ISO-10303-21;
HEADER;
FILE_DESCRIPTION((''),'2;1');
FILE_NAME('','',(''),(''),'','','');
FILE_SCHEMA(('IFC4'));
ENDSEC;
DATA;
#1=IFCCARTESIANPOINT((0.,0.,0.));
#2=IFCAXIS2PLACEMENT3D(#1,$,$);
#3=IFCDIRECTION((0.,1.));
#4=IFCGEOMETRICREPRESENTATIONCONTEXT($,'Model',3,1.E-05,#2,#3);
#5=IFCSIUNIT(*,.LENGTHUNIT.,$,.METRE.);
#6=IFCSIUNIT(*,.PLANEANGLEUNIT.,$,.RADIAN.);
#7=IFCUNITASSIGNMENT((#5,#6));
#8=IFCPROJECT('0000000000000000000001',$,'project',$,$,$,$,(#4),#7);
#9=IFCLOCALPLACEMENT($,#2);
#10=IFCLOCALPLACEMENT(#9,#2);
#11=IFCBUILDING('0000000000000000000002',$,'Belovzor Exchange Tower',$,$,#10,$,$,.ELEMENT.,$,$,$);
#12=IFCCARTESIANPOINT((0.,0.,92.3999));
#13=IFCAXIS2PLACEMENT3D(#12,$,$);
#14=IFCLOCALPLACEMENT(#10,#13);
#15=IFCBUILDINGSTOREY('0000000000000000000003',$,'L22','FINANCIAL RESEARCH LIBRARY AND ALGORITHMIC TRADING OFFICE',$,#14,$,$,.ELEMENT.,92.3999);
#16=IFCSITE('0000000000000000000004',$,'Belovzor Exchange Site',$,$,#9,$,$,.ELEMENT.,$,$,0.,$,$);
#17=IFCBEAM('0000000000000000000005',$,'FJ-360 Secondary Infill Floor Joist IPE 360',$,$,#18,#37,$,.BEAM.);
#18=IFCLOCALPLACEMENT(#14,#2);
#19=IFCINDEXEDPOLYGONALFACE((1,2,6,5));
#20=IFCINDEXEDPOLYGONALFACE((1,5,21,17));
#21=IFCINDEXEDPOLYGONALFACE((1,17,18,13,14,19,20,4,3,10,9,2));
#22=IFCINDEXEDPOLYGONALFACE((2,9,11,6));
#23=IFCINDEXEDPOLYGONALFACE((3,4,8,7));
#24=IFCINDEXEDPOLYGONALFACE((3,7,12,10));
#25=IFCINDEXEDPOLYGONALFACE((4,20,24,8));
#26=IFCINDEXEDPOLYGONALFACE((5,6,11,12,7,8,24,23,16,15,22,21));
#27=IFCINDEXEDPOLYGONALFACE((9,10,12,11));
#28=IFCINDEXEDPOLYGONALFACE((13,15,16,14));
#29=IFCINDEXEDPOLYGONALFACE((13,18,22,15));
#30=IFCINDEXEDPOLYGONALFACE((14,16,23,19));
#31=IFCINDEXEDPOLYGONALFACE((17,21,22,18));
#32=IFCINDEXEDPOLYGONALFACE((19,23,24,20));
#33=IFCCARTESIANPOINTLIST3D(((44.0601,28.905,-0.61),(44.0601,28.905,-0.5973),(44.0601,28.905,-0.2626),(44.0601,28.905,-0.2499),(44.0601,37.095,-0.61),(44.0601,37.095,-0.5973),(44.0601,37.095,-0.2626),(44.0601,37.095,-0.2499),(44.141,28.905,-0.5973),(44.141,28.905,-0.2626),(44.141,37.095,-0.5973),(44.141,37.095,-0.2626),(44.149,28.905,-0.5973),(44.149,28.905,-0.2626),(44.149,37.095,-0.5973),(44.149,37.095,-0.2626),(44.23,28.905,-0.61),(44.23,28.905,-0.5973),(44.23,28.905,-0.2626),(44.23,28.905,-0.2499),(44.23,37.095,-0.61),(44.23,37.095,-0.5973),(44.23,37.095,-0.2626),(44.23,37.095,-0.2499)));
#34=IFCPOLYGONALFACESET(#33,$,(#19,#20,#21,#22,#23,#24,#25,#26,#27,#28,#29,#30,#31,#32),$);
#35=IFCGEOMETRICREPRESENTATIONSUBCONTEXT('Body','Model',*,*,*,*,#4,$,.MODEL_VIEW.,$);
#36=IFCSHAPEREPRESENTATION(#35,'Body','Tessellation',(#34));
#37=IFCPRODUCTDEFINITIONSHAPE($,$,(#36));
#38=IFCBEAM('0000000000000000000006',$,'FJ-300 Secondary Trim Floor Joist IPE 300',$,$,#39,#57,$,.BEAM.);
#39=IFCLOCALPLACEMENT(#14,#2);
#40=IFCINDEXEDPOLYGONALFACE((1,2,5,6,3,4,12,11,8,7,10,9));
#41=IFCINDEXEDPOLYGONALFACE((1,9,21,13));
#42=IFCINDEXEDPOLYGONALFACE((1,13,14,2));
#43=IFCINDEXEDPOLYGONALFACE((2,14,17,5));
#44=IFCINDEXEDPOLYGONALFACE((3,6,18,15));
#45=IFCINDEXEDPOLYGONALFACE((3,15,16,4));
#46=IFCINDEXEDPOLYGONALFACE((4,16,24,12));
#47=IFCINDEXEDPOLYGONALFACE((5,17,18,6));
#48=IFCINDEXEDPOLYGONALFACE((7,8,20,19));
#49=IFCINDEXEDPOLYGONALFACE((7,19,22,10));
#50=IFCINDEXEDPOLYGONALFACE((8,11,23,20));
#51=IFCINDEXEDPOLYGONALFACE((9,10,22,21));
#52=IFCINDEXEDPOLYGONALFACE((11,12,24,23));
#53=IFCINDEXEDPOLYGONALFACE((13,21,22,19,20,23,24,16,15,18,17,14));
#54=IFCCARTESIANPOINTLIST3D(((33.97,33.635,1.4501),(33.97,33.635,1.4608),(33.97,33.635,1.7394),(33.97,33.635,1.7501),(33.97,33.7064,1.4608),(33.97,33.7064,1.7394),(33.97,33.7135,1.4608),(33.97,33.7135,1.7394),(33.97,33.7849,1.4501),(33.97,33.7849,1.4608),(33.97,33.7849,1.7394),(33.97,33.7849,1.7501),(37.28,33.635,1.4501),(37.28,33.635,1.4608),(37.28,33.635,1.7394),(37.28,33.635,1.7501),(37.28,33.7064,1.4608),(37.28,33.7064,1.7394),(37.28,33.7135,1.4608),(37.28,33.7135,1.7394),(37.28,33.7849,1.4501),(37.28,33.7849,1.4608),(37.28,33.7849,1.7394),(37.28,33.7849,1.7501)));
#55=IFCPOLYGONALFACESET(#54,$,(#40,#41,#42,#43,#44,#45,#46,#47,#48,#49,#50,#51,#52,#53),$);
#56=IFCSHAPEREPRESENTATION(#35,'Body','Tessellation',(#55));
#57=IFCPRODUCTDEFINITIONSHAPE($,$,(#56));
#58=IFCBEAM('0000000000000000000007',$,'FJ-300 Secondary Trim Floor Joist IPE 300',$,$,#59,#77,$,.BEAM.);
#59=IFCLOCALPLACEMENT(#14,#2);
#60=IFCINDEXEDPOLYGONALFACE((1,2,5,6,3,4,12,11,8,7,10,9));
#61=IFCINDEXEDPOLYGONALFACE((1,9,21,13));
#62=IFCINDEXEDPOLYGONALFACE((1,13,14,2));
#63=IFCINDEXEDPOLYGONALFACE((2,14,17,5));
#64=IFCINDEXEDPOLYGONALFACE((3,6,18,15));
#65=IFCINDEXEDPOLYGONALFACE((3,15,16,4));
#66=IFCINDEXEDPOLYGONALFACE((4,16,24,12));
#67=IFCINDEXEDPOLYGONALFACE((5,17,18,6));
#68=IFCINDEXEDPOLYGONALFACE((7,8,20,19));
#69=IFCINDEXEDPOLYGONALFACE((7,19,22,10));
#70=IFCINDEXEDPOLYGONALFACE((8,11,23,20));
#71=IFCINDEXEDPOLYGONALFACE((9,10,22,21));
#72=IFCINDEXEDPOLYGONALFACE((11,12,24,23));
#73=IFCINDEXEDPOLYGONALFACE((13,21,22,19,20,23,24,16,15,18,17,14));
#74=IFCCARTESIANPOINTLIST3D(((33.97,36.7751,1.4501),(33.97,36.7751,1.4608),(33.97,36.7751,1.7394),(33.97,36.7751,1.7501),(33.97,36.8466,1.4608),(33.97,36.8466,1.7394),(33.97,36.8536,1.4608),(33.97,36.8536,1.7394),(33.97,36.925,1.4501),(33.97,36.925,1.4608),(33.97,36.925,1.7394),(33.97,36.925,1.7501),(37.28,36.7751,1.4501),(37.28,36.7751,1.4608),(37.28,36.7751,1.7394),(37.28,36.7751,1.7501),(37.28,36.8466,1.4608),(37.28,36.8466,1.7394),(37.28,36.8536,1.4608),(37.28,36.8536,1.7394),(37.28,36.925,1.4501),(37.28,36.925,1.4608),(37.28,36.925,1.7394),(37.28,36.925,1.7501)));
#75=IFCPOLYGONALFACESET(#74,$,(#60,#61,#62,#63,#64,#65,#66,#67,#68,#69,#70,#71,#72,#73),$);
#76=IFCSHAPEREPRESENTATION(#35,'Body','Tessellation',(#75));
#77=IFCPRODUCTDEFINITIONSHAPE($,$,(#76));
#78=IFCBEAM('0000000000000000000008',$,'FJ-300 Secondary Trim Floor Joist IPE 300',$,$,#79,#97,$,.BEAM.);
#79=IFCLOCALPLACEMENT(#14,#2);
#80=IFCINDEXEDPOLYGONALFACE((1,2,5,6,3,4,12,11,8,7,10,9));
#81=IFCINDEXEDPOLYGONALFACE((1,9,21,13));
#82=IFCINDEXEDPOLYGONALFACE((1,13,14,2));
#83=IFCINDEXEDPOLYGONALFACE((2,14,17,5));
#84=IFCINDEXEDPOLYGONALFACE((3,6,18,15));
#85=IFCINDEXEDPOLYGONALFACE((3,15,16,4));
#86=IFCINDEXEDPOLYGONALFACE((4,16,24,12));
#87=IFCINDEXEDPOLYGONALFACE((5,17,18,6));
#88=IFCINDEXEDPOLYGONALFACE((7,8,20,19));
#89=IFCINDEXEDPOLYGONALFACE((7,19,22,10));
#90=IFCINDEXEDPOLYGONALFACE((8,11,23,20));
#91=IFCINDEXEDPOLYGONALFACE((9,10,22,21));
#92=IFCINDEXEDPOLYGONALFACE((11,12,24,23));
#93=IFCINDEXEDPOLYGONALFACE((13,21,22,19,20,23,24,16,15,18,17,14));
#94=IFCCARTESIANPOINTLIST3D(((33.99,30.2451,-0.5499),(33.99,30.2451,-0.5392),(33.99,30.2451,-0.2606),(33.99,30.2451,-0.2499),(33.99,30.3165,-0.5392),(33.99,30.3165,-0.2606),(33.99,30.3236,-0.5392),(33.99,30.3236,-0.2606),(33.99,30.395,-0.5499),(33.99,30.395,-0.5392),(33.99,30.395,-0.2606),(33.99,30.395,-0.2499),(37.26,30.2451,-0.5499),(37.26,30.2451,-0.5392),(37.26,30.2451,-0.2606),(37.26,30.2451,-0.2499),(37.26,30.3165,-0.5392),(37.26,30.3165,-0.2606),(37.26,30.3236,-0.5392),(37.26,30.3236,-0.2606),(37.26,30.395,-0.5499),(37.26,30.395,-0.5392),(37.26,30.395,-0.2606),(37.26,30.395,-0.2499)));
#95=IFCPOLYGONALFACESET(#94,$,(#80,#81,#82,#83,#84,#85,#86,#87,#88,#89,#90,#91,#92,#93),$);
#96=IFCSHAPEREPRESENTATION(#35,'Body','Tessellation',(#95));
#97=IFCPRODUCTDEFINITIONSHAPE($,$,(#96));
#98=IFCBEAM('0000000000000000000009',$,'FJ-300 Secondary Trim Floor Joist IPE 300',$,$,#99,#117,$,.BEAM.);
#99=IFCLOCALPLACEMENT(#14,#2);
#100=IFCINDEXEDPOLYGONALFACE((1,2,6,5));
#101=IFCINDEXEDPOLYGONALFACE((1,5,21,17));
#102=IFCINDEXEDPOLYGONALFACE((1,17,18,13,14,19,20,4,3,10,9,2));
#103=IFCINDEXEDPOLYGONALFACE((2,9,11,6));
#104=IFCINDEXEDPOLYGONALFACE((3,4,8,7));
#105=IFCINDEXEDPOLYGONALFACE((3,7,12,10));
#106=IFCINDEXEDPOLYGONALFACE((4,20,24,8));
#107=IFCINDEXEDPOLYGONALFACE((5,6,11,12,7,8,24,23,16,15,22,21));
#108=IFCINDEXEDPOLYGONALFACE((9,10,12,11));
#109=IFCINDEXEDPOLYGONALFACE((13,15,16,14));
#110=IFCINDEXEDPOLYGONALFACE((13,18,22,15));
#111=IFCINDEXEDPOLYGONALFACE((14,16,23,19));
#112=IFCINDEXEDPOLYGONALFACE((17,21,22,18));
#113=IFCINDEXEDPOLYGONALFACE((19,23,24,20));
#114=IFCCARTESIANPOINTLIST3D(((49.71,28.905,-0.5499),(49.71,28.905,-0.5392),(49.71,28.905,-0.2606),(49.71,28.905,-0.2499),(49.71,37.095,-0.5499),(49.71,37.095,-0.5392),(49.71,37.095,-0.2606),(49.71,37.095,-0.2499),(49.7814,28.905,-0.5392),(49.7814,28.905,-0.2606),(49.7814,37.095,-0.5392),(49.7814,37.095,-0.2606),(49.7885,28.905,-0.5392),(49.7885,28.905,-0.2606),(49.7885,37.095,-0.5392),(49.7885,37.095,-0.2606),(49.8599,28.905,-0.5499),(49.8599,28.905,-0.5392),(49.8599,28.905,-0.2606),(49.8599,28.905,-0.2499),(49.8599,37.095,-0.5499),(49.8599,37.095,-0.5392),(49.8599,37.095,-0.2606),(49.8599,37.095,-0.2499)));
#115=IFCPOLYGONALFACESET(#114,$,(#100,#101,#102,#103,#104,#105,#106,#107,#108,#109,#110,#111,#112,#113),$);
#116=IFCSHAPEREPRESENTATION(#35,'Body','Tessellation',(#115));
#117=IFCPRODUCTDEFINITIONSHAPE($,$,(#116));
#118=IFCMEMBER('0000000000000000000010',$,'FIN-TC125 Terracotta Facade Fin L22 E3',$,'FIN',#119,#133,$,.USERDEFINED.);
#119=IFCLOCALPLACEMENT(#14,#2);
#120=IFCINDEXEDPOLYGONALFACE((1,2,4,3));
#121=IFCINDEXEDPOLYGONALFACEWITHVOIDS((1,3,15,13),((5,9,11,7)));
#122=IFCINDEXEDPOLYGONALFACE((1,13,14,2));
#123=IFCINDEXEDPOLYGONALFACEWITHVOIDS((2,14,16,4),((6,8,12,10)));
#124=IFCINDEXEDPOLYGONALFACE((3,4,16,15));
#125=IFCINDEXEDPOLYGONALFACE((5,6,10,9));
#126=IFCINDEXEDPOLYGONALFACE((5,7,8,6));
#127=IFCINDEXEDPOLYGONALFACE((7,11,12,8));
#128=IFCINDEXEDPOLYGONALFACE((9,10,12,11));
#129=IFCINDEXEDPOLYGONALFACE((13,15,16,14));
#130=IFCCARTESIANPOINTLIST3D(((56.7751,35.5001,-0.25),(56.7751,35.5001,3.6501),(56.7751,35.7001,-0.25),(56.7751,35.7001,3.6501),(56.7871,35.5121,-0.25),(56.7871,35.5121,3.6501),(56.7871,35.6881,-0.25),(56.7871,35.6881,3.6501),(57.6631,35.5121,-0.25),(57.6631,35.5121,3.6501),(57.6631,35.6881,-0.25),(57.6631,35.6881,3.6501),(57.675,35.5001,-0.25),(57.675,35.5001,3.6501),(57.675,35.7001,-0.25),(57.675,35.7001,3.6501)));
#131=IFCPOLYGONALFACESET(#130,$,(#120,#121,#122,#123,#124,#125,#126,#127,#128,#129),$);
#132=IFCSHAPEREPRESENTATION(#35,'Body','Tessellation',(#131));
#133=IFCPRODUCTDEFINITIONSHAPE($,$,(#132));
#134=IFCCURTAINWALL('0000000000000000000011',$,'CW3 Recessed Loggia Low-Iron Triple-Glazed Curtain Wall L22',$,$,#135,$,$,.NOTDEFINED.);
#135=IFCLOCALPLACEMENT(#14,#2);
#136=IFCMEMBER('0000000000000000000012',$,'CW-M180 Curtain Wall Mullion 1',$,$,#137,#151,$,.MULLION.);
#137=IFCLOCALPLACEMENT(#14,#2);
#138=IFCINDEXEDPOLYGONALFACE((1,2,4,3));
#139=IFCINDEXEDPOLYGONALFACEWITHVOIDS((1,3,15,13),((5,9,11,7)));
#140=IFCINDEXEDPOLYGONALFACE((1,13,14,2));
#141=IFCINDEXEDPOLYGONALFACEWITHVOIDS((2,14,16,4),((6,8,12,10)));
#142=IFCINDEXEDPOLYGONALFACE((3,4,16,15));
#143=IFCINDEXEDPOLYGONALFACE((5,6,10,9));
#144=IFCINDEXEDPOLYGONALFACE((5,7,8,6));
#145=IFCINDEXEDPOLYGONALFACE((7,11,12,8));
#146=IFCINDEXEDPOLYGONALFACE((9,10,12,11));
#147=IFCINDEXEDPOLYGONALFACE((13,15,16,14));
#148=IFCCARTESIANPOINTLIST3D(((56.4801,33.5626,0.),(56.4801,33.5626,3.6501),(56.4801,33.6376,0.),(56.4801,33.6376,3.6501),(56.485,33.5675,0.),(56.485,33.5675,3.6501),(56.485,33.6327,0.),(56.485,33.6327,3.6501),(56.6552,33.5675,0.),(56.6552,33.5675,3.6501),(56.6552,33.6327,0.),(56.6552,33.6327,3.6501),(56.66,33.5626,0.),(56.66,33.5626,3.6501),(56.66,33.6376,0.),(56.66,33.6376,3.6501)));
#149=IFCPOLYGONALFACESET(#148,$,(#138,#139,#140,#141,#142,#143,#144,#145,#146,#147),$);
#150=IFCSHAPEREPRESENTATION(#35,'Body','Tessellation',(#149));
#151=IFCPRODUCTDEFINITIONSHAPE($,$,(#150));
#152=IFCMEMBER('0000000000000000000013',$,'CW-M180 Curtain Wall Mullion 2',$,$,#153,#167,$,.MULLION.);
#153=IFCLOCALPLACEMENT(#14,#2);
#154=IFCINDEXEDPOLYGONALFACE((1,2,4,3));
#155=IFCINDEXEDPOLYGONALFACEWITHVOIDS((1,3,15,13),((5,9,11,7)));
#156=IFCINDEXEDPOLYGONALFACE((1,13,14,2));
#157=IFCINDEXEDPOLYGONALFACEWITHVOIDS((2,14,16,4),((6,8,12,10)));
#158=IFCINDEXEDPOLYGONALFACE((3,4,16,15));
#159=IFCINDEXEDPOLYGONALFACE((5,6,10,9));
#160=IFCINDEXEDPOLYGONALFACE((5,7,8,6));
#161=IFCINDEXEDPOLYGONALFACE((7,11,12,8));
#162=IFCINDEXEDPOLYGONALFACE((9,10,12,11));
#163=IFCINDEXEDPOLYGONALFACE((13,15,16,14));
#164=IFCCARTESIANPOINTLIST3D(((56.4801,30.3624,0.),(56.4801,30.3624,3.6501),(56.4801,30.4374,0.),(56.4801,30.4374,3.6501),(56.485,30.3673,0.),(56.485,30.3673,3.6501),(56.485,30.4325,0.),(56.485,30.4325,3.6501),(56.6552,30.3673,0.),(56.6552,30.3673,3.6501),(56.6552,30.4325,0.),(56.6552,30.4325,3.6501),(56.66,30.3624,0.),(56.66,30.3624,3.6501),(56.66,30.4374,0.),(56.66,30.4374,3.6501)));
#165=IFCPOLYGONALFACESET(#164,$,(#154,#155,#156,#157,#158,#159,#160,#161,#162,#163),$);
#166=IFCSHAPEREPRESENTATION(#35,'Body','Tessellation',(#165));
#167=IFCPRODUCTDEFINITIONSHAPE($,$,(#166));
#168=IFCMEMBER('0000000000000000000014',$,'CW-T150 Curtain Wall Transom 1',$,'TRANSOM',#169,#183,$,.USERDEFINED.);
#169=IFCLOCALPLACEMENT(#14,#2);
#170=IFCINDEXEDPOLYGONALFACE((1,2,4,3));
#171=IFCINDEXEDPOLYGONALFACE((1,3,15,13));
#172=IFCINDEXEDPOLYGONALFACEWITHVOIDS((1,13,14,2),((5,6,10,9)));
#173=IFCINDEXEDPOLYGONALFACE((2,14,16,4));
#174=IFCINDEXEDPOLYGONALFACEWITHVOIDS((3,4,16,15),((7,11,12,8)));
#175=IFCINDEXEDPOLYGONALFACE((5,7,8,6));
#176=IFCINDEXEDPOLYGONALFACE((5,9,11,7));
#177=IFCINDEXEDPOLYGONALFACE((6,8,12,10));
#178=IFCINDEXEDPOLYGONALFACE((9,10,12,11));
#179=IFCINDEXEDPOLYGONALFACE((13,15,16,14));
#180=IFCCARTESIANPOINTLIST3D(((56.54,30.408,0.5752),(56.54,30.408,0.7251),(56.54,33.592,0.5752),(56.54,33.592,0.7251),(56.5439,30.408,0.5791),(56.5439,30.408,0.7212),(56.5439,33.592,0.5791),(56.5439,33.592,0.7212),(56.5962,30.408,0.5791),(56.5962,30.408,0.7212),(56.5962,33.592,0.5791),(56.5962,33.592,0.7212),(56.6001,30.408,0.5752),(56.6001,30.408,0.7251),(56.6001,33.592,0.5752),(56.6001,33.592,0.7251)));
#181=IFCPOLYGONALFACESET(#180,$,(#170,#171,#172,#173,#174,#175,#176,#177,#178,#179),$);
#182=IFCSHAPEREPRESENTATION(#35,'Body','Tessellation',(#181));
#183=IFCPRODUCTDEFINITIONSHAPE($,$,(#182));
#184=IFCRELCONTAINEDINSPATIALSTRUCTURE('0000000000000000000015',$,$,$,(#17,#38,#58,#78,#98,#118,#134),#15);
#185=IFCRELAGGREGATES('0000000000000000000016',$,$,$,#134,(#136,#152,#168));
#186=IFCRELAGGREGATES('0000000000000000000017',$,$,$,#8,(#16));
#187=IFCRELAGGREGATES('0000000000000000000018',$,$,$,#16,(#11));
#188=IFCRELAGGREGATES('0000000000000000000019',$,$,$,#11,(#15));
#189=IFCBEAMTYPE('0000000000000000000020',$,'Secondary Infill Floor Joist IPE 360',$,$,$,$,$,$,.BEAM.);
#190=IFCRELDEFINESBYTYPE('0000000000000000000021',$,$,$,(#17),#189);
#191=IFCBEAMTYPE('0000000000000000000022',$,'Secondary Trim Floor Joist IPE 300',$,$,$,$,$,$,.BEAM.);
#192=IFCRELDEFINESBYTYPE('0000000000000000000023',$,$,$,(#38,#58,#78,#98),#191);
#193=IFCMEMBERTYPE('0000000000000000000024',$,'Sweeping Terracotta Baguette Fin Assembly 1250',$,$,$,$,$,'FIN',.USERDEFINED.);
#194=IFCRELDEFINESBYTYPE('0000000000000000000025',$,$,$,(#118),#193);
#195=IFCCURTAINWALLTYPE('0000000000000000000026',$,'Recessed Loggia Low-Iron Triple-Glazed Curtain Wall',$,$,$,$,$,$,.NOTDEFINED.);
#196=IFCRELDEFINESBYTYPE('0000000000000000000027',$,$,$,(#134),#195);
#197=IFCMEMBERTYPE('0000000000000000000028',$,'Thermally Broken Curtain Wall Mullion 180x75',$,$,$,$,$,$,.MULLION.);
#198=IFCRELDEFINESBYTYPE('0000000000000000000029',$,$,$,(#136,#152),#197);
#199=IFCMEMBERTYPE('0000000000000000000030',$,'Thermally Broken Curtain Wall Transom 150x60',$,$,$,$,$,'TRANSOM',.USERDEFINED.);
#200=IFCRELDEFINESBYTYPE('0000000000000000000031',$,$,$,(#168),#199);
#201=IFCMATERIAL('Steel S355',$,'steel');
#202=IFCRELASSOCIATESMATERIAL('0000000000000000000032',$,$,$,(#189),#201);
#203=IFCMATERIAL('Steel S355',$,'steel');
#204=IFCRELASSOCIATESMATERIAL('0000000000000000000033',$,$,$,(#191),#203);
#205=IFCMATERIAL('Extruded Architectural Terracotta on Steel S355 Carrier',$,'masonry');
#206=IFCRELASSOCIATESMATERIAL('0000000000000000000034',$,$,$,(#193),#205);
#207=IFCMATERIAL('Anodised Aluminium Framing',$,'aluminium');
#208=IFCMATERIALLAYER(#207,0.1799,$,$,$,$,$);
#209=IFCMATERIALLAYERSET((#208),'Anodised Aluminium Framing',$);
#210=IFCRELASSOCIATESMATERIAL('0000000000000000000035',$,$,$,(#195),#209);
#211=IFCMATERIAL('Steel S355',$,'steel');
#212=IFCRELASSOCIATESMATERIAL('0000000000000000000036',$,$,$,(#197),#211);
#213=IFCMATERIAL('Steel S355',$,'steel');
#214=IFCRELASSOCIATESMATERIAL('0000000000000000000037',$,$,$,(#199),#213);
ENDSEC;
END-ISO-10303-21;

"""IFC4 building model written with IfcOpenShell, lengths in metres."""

from ifc_helpers import new_model, si_unit, direction, frame, origin, origin_2d, place, context, subcontext, project, spatial, hollow_rectangle, i_section, extrude, material, layer, layer_set, material_profile, profile_set, type_object, element, aggregate, save


model = new_model("IFC4")

# Units and contexts
model_context = context("Model", 3, precision=1e-05, world=origin(), true_north=direction((0.0, 1.0)))
body_context = subcontext(model_context, "Body", "Model", "MODEL_VIEW")
ifc_project = project(units=[si_unit("LENGTHUNIT", "METRE"), si_unit("PLANEANGLEUNIT", "RADIAN")], contexts=[model_context])

# Site, building, storey
site_placement = place(None, origin())
site = spatial("IfcSite", under=ifc_project, at=site_placement, Name="Belovzor Exchange Site", CompositionType="ELEMENT", RefElevation=0.0)
building_placement = place(site_placement, origin())
building = spatial("IfcBuilding", under=site, at=building_placement, Name="Belovzor Exchange Tower", CompositionType="ELEMENT")
storey_placement = place(building_placement, frame((0.0, 0.0, 92.3999)))
storey = spatial("IfcBuildingStorey", under=building, at=storey_placement, Name="L22", Description="FINANCIAL RESEARCH LIBRARY AND ALGORITHMIC TRADING OFFICE", CompositionType="ELEMENT", Elevation=92.3999)

# Beams
ifc_material_1 = material(Name="Steel S355", Category="steel")
ifc_material_profile_1 = material_profile(ifc_material_1, i_section(OverallWidth=0.1699, OverallDepth=0.3601, WebThickness=0.0081, FlangeThickness=0.0127, at=origin_2d()))
ifc_profile_set_1 = profile_set([ifc_material_profile_1], Name="Steel S355")
beam_type_1 = type_object("IfcBeamType", Name="Secondary Infill Floor Joist IPE 360", PredefinedType="BEAM", material=ifc_profile_set_1)
beam_1_placement = place(storey_placement, frame((44.145, 28.905, -0.4299), z_axis=(0.0, 1.0, 0.0), x_axis=(-1.0, 0.0, 0.0)))
element("IfcBeam", 1, at=beam_1_placement, inside=storey, type_object=beam_type_1, Name="FJ-360 Secondary Infill Floor Joist IPE 360", PredefinedType="BEAM", context=body_context, shape_type="SweptSolid", body=[
    extrude(i_section(OverallWidth=0.1699, OverallDepth=0.3601, WebThickness=0.0081, FlangeThickness=0.0127, at=origin_2d()), origin(), (0.0, 0.0, 1.0), 8.1899),
])
ifc_material_2 = material(Name="Steel S355", Category="steel")
ifc_material_profile_2 = material_profile(ifc_material_2, i_section(OverallWidth=0.1499, OverallDepth=0.3, WebThickness=0.0071, FlangeThickness=0.0107, at=origin_2d()))
ifc_profile_set_2 = profile_set([ifc_material_profile_2], Name="Steel S355")
beam_type_2 = type_object("IfcBeamType", Name="Secondary Trim Floor Joist IPE 300", PredefinedType="BEAM", material=ifc_profile_set_2)
for number, where, z_axis, x_axis, name in (
    (2, (37.28, 33.71, 1.6001), (-1.0, 0.0, 0.0), (0.0, -1.0, 0.0), "FJ-300 Secondary Trim Floor Joist IPE 300"),
    (3, (37.28, 36.8501, 1.6001), (-1.0, 0.0, 0.0), (0.0, -1.0, 0.0), "FJ-300 Secondary Trim Floor Joist IPE 300"),
):
    element("IfcBeam", number, at=place(storey_placement, frame(where, z_axis=z_axis, x_axis=x_axis)), inside=storey, type_object=beam_type_2, Name=name, PredefinedType="BEAM", context=body_context, shape_type="SweptSolid", body=[
        extrude(i_section(OverallWidth=0.1499, OverallDepth=0.3, WebThickness=0.0071, FlangeThickness=0.0107, at=origin_2d()), origin(), (0.0, 0.0, 1.0), 3.3101),
    ])
beam_2_placement = place(storey_placement, frame((37.26, 30.3201, -0.3999), z_axis=(-1.0, 0.0, 0.0), x_axis=(0.0, -1.0, 0.0)))
element("IfcBeam", 4, at=beam_2_placement, inside=storey, type_object=beam_type_2, Name="FJ-300 Secondary Trim Floor Joist IPE 300", PredefinedType="BEAM", context=body_context, shape_type="SweptSolid", body=[
    extrude(i_section(OverallWidth=0.1499, OverallDepth=0.3, WebThickness=0.0071, FlangeThickness=0.0107, at=origin_2d()), origin(), (0.0, 0.0, 1.0), 3.27),
])
beam_3_placement = place(storey_placement, frame((49.7849, 28.905, -0.3999), z_axis=(0.0, 1.0, 0.0), x_axis=(-1.0, 0.0, 0.0)))
element("IfcBeam", 5, at=beam_3_placement, inside=storey, type_object=beam_type_2, Name="FJ-300 Secondary Trim Floor Joist IPE 300", PredefinedType="BEAM", context=body_context, shape_type="SweptSolid", body=[
    extrude(i_section(OverallWidth=0.1499, OverallDepth=0.3, WebThickness=0.0071, FlangeThickness=0.0107, at=origin_2d()), origin(), (0.0, 0.0, 1.0), 8.1899),
])

# Member
ifc_material_3 = material(Name="Extruded Architectural Terracotta on Steel S355 Carrier", Category="masonry")
ifc_material_profile_3 = material_profile(ifc_material_3, hollow_rectangle(XDim=0.2, YDim=0.8999, WallThickness=0.012, at=origin_2d()))
ifc_profile_set_3 = profile_set([ifc_material_profile_3], Name="Extruded Architectural Terracotta on Steel S355 Carrier")
member_type_1 = type_object("IfcMemberType", Name="Sweeping Terracotta Baguette Fin Assembly 1250", ElementType="FIN", PredefinedType="USERDEFINED", material=ifc_profile_set_3)
member_1_placement = place(storey_placement, frame((57.2251, 35.6001, -0.25), z_axis=(0.0, 0.0, 1.0), x_axis=(0.0, 1.0, 0.0)))
element("IfcMember", 6, at=member_1_placement, inside=storey, type_object=member_type_1, Name="FIN-TC125 Terracotta Facade Fin L22 E3", ObjectType="FIN", PredefinedType="USERDEFINED", context=body_context, shape_type="SweptSolid", body=[
    extrude(hollow_rectangle(XDim=0.2, YDim=0.8999, WallThickness=0.012, at=origin_2d()), origin(), (0.0, 0.0, 1.0), 3.9001),
])

# Curtain wall, members
ifc_material_4 = material(Name="Anodised Aluminium Framing", Category="aluminium")
ifc_layer_1 = layer(ifc_material_4, 0.1799)
ifc_layer_set_1 = layer_set([ifc_layer_1], Name="Anodised Aluminium Framing")
curtain_wall_type = type_object("IfcCurtainWallType", Name="Recessed Loggia Low-Iron Triple-Glazed Curtain Wall", PredefinedType="NOTDEFINED", material=ifc_layer_set_1)
curtain_wall_placement = place(storey_placement, origin())
curtain_wall = element("IfcCurtainWall", 7, at=curtain_wall_placement, inside=storey, type_object=curtain_wall_type, Name="CW3 Recessed Loggia Low-Iron Triple-Glazed Curtain Wall L22", PredefinedType="NOTDEFINED")
ifc_material_5 = material(Name="Steel S355", Category="steel")
ifc_material_profile_4 = material_profile(ifc_material_5, hollow_rectangle(XDim=0.075, YDim=0.1799, WallThickness=0.0049, at=origin_2d()))
ifc_profile_set_4 = profile_set([ifc_material_profile_4], Name="Steel S355")
member_type_2 = type_object("IfcMemberType", Name="Thermally Broken Curtain Wall Mullion 180x75", PredefinedType="MULLION", material=ifc_profile_set_4)
member_2_placement = place(storey_placement, frame((56.5701, 33.6001, 0.0), z_axis=(0.0, 0.0, 1.0), x_axis=(0.0, -1.0, 0.0)))
member_2 = element("IfcMember", 8, at=member_2_placement, type_object=member_type_2, Name="CW-M180 Curtain Wall Mullion 1", PredefinedType="MULLION", context=body_context, shape_type="SweptSolid", body=[
    extrude(hollow_rectangle(XDim=0.075, YDim=0.1799, WallThickness=0.0049, at=origin_2d()), origin(), (0.0, 0.0, 1.0), 3.6501),
])
member_3_placement = place(storey_placement, frame((56.5701, 30.3999, 0.0), z_axis=(0.0, 0.0, 1.0), x_axis=(0.0, -1.0, 0.0)))
member_3 = element("IfcMember", 9, at=member_3_placement, type_object=member_type_2, Name="CW-M180 Curtain Wall Mullion 2", PredefinedType="MULLION", context=body_context, shape_type="SweptSolid", body=[
    extrude(hollow_rectangle(XDim=0.075, YDim=0.1799, WallThickness=0.0049, at=origin_2d()), origin(), (0.0, 0.0, 1.0), 3.6501),
])
ifc_material_6 = material(Name="Steel S355", Category="steel")
ifc_material_profile_5 = material_profile(ifc_material_6, hollow_rectangle(XDim=0.0601, YDim=0.1499, WallThickness=0.0039, at=origin_2d()))
ifc_profile_set_5 = profile_set([ifc_material_profile_5], Name="Steel S355")
member_type_3 = type_object("IfcMemberType", Name="Thermally Broken Curtain Wall Transom 150x60", ElementType="TRANSOM", PredefinedType="USERDEFINED", material=ifc_profile_set_5)
member_4_placement = place(storey_placement, frame((56.5701, 33.592, 0.6501), z_axis=(0.0, -1.0, 0.0), x_axis=(1.0, 0.0, 0.0)))
member_4 = element("IfcMember", 10, at=member_4_placement, type_object=member_type_3, Name="CW-T150 Curtain Wall Transom 1", ObjectType="TRANSOM", PredefinedType="USERDEFINED", context=body_context, shape_type="SweptSolid", body=[
    extrude(hollow_rectangle(XDim=0.0601, YDim=0.1499, WallThickness=0.0039, at=origin_2d()), origin(), (0.0, 0.0, 1.0), 3.1841),
])

aggregate(curtain_wall, [member_2, member_3, member_4])

save(model, "model.ifc")
